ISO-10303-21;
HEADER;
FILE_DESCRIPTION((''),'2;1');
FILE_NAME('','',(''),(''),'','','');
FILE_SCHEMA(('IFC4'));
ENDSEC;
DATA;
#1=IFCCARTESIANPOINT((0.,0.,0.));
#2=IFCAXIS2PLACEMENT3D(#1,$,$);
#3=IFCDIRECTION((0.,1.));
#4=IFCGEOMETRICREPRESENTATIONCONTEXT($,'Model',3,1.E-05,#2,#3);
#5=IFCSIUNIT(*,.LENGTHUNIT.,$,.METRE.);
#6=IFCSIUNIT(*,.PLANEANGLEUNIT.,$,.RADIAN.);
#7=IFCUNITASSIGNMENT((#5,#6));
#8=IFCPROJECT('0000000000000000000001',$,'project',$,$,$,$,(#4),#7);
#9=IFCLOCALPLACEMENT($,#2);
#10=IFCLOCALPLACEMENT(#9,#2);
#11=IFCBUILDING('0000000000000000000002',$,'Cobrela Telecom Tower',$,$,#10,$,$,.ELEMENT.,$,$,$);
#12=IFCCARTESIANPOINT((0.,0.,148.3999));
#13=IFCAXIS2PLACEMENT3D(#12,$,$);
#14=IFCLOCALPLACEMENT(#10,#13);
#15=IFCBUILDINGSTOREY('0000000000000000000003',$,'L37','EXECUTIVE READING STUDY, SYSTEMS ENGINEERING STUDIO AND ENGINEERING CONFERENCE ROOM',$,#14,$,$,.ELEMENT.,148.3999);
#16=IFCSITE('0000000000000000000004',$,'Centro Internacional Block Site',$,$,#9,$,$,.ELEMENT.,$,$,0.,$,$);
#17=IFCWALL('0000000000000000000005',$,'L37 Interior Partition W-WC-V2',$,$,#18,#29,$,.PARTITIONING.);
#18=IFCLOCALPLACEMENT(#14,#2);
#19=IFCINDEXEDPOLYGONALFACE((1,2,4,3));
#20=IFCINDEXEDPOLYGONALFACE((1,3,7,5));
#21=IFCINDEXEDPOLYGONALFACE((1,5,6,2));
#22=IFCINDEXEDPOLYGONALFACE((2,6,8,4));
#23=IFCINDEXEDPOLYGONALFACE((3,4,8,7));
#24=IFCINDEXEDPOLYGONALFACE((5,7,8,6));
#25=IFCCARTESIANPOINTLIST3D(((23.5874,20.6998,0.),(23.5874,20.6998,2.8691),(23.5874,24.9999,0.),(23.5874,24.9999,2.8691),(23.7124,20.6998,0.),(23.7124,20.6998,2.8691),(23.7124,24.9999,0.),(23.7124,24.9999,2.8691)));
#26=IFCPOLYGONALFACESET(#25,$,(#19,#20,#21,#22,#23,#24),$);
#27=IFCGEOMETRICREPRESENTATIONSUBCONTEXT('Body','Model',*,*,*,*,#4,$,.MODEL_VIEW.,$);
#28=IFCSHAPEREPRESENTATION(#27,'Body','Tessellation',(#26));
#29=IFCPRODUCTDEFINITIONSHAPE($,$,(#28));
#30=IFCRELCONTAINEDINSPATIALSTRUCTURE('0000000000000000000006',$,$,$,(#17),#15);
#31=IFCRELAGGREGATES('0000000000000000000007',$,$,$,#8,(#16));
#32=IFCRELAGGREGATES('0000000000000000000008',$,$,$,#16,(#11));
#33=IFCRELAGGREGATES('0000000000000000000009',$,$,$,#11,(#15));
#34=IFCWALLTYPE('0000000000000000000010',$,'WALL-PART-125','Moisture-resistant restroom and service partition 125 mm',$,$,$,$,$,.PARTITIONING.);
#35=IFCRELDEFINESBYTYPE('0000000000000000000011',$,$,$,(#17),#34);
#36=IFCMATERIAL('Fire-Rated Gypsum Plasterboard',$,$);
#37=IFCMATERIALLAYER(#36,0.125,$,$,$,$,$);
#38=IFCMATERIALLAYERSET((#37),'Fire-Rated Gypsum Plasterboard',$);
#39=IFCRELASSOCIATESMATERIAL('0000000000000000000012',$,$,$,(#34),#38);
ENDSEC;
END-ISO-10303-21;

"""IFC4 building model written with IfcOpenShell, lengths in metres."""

from ifc_helpers import new_model, si_unit, direction, frame, frame_2d, origin, place, context, subcontext, project, spatial, rectangle, extrude, material, layer, layer_set, type_object, element, save


model = new_model("IFC4")

# Units and contexts
model_context = context("Model", 3, precision=1e-05, world=origin(), true_north=direction((0.0, 1.0)))
body_context = subcontext(model_context, "Body", "Model", "MODEL_VIEW")
ifc_project = project(units=[si_unit("LENGTHUNIT", "METRE"), si_unit("PLANEANGLEUNIT", "RADIAN")], contexts=[model_context])

# Site, building, storey
site_placement = place(None, origin())
site = spatial("IfcSite", under=ifc_project, at=site_placement, Name="Centro Internacional Block Site", CompositionType="ELEMENT", RefElevation=0.0)
building_placement = place(site_placement, origin())
building = spatial("IfcBuilding", under=site, at=building_placement, Name="Cobrela Telecom Tower", CompositionType="ELEMENT")
storey_placement = place(building_placement, frame((0.0, 0.0, 148.3999)))
storey = spatial("IfcBuildingStorey", under=building, at=storey_placement, Name="L37", Description="EXECUTIVE READING STUDY, SYSTEMS ENGINEERING STUDIO AND ENGINEERING CONFERENCE ROOM", CompositionType="ELEMENT", Elevation=148.3999)

# Wall
ifc_material_1 = material(Name="Fire-Rated Gypsum Plasterboard")
ifc_layer_1 = layer(ifc_material_1, 0.125)
ifc_layer_set_1 = layer_set([ifc_layer_1], Name="Fire-Rated Gypsum Plasterboard")
wall_type_1 = type_object("IfcWallType", Name="WALL-PART-125", Description="Moisture-resistant restroom and service partition 125 mm", PredefinedType="PARTITIONING", material=ifc_layer_set_1)
for number, where, z_axis, x_axis, name in (
    (1, (23.6499, 20.7, 0.0), (0.0, 0.0, 1.0), (0.0, 1.0, 0.0), "L37 Interior Partition W-WC-V2"),
):
    element("IfcWall", number, at=place(storey_placement, frame(where, z_axis=z_axis, x_axis=x_axis)), inside=storey, type_object=wall_type_1, Name=name, PredefinedType="PARTITIONING", context=body_context, shape_type="SweptSolid", body=[
        extrude(rectangle(XDim=4.3, YDim=0.125, at=frame_2d((2.1499, 0.0))), origin(), (0.0, 0.0, 1.0), 2.8691),
    ])

save(model, "model.ifc")
